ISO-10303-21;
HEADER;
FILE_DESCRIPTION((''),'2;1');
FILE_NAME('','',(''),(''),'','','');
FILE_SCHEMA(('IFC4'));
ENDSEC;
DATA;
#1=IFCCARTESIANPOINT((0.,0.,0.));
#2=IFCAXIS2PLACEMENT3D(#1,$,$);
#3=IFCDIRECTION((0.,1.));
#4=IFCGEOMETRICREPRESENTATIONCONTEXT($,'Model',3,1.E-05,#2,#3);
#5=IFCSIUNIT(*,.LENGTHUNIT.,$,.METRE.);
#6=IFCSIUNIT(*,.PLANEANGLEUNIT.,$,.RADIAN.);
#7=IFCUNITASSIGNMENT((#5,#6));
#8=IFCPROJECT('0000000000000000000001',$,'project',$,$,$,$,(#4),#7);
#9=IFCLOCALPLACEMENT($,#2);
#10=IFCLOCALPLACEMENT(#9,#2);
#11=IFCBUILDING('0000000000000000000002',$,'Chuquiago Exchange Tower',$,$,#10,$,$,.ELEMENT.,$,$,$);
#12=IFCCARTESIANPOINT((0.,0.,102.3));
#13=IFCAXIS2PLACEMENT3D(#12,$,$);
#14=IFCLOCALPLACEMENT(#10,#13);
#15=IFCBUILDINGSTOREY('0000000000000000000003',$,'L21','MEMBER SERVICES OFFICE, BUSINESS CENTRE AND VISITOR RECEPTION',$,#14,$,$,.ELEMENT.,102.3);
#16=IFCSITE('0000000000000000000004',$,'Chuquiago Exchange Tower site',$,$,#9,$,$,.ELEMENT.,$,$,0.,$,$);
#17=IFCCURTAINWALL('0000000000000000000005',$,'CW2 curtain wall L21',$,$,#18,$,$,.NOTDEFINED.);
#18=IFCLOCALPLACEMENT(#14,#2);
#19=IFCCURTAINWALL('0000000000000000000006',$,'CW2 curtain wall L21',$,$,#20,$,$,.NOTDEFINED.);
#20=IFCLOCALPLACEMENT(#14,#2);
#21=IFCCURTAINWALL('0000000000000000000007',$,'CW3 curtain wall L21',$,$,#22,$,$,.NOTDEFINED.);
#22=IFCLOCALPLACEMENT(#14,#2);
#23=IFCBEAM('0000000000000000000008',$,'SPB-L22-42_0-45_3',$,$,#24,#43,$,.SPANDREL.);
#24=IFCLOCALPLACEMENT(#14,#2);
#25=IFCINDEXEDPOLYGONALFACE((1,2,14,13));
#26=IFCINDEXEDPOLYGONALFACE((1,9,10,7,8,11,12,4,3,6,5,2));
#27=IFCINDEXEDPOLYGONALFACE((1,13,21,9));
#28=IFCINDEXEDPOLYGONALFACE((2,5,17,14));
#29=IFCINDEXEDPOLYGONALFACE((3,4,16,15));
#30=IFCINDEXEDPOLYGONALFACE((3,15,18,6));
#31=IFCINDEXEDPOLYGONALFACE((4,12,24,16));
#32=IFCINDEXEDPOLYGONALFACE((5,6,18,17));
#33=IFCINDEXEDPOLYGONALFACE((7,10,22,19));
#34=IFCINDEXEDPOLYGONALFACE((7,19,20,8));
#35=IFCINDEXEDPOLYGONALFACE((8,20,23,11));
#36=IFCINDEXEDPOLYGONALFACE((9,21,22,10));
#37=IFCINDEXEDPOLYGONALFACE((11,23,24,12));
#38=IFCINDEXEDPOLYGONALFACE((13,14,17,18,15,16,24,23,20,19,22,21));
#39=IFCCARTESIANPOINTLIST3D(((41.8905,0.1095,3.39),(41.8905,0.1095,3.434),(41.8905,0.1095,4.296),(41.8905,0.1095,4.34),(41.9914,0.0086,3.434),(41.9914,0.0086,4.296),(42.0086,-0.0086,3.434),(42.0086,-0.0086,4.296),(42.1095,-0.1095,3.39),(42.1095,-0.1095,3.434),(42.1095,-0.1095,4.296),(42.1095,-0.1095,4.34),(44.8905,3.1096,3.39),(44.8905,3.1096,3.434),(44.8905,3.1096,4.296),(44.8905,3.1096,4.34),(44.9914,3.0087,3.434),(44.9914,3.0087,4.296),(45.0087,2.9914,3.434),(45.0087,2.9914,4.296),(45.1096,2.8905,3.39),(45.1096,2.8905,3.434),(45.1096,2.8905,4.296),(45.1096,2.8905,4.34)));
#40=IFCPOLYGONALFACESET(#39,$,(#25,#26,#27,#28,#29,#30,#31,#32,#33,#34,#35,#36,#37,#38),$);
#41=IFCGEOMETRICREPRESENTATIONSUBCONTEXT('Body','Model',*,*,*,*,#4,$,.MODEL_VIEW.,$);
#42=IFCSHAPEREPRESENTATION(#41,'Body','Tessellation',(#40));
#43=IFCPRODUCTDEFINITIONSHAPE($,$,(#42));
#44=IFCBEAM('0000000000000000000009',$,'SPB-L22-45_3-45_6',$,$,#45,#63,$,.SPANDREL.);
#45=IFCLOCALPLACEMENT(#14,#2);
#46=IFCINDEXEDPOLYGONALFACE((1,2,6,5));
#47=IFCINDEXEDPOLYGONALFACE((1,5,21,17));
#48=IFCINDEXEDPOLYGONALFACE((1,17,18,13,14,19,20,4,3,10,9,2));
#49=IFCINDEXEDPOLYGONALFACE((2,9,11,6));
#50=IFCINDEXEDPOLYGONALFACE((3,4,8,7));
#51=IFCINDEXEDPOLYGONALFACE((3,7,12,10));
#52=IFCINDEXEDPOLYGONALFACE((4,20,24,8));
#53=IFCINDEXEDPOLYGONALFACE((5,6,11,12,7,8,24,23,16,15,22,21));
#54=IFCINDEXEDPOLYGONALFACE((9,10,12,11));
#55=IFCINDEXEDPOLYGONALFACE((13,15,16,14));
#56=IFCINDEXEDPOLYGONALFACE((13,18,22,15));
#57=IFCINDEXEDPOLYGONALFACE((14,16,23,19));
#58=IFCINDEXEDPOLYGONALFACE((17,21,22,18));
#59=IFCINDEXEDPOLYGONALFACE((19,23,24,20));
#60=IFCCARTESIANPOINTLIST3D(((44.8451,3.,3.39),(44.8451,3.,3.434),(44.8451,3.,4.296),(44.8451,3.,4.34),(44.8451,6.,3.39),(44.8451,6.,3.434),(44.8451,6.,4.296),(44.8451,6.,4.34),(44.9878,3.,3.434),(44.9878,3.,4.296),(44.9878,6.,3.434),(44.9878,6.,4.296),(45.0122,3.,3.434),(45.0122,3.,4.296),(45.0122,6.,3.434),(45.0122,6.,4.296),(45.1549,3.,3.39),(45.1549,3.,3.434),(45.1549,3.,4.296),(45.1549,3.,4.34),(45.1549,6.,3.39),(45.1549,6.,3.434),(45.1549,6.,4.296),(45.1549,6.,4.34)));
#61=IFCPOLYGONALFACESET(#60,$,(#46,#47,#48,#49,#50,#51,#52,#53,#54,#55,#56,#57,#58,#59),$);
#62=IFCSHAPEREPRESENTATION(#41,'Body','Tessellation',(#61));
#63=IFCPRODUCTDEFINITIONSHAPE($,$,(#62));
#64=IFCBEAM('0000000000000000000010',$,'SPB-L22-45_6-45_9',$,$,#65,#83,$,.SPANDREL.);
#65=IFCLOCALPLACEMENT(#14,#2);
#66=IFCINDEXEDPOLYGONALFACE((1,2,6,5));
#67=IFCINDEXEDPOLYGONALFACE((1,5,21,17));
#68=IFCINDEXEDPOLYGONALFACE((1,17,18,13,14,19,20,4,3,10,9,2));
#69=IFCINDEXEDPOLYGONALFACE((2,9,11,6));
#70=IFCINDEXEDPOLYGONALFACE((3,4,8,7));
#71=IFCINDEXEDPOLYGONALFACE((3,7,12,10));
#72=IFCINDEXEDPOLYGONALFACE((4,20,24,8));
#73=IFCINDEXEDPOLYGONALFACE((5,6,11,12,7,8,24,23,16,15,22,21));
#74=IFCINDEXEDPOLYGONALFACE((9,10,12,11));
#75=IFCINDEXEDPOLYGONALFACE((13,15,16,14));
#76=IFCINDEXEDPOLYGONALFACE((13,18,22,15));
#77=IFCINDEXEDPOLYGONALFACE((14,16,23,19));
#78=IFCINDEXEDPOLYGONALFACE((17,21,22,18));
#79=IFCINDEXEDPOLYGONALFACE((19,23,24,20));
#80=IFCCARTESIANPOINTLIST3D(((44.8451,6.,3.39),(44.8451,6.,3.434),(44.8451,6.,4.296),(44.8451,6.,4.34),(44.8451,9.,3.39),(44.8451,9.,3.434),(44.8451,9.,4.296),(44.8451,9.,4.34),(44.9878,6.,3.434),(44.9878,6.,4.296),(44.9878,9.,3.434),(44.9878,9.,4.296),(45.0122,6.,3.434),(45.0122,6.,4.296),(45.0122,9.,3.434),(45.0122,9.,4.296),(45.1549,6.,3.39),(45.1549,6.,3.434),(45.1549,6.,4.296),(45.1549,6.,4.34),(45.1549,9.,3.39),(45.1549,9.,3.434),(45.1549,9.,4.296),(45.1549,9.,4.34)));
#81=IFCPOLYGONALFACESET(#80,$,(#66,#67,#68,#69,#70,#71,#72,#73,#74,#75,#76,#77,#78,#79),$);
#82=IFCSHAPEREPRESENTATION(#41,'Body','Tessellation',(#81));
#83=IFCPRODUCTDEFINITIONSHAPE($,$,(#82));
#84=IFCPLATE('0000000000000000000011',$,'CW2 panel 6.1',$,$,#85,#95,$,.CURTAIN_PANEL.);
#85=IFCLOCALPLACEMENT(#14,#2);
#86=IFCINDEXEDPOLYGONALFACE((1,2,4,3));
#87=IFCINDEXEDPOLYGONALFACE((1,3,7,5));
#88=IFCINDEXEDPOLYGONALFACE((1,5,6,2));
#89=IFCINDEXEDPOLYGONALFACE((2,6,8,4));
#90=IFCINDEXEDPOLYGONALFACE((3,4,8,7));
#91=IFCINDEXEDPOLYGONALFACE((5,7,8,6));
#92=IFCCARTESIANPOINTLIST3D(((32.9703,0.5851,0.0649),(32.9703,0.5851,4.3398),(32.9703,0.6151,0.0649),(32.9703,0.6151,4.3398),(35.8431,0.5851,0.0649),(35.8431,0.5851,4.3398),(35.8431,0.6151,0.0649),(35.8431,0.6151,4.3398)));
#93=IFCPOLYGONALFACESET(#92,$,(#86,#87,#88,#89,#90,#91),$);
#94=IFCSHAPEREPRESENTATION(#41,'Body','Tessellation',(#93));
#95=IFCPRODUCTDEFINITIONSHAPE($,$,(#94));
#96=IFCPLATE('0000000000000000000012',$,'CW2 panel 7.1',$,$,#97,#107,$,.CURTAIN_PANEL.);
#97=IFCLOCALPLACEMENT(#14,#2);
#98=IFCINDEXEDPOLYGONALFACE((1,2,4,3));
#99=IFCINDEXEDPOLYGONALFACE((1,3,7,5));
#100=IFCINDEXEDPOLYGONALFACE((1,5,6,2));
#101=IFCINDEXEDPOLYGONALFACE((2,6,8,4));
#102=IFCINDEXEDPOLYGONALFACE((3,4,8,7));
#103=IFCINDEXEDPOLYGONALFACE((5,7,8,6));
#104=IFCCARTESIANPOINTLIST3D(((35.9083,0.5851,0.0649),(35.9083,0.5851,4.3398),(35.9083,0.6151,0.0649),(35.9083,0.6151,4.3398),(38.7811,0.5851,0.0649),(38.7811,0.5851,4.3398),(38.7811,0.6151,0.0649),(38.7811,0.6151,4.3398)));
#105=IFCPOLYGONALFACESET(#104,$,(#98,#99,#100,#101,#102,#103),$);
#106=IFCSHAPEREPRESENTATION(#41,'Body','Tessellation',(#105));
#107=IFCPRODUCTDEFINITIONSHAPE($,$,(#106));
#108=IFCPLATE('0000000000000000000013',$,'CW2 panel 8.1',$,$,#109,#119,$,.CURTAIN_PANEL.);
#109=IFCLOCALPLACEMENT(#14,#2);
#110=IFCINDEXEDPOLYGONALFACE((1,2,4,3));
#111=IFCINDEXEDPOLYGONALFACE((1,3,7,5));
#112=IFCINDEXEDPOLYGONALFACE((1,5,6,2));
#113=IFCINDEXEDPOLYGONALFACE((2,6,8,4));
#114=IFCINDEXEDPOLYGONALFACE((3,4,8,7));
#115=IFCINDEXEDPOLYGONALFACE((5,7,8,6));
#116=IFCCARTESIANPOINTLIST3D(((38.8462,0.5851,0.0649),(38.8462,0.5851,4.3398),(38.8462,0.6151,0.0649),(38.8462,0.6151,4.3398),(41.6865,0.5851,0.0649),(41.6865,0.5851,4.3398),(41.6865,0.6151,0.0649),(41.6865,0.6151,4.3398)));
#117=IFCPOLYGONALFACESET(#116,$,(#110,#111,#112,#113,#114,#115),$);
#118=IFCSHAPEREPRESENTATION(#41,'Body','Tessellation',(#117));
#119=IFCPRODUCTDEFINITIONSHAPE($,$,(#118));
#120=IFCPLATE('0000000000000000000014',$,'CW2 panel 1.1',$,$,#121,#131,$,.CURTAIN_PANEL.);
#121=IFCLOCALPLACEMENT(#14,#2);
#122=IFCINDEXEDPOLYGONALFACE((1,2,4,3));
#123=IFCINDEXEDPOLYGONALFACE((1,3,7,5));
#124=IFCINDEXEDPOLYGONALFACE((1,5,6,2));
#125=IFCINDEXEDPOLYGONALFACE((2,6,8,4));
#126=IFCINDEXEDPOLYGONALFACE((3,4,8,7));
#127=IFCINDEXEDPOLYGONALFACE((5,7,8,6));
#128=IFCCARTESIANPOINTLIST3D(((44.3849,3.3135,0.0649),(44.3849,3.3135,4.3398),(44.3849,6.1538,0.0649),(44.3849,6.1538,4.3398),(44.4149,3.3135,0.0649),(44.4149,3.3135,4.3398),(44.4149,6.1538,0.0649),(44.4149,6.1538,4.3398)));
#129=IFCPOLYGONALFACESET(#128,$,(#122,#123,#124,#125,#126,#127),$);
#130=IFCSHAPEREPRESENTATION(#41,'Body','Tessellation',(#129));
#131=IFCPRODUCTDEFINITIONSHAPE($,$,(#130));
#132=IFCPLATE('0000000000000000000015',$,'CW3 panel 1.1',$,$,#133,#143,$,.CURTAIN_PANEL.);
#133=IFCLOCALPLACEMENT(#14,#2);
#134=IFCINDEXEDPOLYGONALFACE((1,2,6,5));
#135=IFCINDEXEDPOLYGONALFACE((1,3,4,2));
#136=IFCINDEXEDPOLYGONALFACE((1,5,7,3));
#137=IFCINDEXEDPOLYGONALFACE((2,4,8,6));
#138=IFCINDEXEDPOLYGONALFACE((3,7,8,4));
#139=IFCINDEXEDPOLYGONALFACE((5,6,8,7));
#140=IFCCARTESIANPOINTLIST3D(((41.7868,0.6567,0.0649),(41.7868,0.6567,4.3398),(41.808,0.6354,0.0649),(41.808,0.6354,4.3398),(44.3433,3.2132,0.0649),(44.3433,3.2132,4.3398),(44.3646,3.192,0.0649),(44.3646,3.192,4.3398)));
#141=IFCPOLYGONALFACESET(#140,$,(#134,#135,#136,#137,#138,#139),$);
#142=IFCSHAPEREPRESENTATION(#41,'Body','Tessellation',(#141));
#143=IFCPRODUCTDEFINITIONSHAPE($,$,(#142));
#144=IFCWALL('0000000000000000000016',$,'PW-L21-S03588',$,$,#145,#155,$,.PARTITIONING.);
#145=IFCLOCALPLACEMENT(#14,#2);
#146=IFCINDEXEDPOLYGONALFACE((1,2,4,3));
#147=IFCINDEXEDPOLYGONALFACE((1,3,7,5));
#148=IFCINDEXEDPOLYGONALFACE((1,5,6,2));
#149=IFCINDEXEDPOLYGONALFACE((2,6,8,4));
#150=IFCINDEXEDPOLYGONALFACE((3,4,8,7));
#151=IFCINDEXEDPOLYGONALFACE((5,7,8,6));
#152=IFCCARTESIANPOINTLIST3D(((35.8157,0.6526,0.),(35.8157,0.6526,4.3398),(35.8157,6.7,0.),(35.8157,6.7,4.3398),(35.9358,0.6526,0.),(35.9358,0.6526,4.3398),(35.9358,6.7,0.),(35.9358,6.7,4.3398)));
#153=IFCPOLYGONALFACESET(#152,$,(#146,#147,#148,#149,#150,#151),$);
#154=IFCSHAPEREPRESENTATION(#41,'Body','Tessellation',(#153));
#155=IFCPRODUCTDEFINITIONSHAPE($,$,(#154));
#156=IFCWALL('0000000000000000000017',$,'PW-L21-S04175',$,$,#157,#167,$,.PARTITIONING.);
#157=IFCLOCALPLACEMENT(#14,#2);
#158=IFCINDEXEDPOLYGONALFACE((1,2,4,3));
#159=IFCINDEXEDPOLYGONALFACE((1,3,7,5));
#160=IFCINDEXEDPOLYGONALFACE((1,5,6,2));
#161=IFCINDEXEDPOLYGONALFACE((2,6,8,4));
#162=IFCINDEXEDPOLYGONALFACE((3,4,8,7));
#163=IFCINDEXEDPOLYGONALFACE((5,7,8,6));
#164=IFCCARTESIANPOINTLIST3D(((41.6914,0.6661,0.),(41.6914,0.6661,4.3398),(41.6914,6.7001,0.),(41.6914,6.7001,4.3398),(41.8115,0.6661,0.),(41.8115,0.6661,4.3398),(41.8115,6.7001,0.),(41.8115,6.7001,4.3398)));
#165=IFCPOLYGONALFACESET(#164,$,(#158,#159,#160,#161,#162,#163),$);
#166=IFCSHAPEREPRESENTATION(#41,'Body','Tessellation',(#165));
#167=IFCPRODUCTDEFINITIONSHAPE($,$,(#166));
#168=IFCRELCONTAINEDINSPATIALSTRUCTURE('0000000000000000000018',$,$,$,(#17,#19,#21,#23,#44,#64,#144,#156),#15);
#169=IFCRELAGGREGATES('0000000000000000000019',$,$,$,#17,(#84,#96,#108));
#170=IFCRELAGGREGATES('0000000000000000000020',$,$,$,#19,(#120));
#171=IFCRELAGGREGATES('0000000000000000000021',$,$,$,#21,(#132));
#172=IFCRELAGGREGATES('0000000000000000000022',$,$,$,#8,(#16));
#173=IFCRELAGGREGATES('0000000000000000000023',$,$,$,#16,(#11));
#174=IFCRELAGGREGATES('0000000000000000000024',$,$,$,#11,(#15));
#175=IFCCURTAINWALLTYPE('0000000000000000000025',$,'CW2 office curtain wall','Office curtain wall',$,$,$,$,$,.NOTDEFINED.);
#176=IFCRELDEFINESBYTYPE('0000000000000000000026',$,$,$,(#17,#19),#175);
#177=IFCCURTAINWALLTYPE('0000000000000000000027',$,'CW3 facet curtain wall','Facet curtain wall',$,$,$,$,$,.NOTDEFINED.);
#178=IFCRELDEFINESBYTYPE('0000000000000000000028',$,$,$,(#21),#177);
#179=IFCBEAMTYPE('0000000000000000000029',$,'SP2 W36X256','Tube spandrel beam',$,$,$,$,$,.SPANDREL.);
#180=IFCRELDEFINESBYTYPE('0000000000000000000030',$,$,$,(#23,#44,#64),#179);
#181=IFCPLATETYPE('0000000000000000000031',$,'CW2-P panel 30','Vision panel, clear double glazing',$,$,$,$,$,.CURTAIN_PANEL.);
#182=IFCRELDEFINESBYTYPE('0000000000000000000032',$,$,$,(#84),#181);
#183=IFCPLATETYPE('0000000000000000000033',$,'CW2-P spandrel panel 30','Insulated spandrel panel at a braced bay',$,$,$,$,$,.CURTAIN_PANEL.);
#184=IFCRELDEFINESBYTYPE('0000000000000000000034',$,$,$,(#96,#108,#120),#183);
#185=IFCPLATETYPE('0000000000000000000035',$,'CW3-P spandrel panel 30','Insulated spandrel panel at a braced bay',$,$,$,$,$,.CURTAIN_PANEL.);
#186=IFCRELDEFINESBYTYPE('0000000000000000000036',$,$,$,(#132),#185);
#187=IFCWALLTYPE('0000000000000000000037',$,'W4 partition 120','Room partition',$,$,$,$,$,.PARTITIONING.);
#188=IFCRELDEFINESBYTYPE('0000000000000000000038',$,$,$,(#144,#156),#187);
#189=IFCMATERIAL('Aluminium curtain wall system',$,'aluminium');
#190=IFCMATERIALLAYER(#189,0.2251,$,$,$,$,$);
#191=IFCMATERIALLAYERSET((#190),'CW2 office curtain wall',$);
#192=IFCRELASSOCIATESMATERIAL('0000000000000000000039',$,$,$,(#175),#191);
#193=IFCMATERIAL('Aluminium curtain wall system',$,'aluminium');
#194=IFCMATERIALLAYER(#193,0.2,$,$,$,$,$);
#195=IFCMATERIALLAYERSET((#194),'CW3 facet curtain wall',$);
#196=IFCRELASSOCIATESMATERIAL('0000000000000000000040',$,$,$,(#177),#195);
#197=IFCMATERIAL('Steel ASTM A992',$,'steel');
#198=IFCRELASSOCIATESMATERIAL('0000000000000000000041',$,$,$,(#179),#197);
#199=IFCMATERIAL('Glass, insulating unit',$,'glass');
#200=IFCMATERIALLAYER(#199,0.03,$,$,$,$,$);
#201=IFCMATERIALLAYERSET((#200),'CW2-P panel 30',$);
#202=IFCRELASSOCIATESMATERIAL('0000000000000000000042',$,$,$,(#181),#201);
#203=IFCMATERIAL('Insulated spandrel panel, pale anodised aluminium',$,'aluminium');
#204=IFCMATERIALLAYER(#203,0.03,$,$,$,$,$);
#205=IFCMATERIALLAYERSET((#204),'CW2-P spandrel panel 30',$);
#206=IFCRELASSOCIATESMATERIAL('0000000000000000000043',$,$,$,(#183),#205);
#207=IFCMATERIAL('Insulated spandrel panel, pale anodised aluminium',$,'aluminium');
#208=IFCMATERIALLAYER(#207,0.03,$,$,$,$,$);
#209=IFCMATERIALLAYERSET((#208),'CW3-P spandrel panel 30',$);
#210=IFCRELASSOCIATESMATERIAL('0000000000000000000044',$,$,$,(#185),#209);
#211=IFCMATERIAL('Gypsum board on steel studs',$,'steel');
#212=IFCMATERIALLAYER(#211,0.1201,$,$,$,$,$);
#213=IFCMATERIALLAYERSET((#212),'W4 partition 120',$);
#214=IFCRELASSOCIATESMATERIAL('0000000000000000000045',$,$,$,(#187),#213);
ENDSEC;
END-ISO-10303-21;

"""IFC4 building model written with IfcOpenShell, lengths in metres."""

from ifc_helpers import new_model, si_unit, direction, frame, frame_2d, origin, origin_2d, place, context, subcontext, project, spatial, rectangle, i_section, extrude, material, layer, layer_set, material_profile, profile_set, type_object, element, aggregate, save


model = new_model("IFC4")

# Units and contexts
model_context = context("Model", 3, precision=1e-05, world=origin(), true_north=direction((0.0, 1.0)))
body_context = subcontext(model_context, "Body", "Model", "MODEL_VIEW")
ifc_project = project(units=[si_unit("LENGTHUNIT", "METRE"), si_unit("PLANEANGLEUNIT", "RADIAN")], contexts=[model_context])

# Site, building, storey
site_placement = place(None, origin())
site = spatial("IfcSite", under=ifc_project, at=site_placement, Name="Chuquiago Exchange Tower site", CompositionType="ELEMENT", RefElevation=0.0)
building_placement = place(site_placement, origin())
building = spatial("IfcBuilding", under=site, at=building_placement, Name="Chuquiago Exchange Tower", CompositionType="ELEMENT")
storey_placement = place(building_placement, frame((0.0, 0.0, 102.3)))
storey = spatial("IfcBuildingStorey", under=building, at=storey_placement, Name="L21", Description="MEMBER SERVICES OFFICE, BUSINESS CENTRE AND VISITOR RECEPTION", CompositionType="ELEMENT", Elevation=102.3)

# Curtain walls
ifc_material_1 = material(Name="Aluminium curtain wall system", Category="aluminium")
ifc_layer_1 = layer(ifc_material_1, 0.2251)
ifc_layer_set_1 = layer_set([ifc_layer_1], Name="CW2 office curtain wall")
curtain_wall_type_1 = type_object("IfcCurtainWallType", Name="CW2 office curtain wall", Description="Office curtain wall", PredefinedType="NOTDEFINED", material=ifc_layer_set_1)
curtain_wall_1_placement = place(storey_placement, origin())
curtain_wall_1 = element("IfcCurtainWall", 1, at=curtain_wall_1_placement, inside=storey, type_object=curtain_wall_type_1, Name="CW2 curtain wall L21", PredefinedType="NOTDEFINED")
curtain_wall_2_placement = place(storey_placement, origin())
curtain_wall_2 = element("IfcCurtainWall", 2, at=curtain_wall_2_placement, inside=storey, type_object=curtain_wall_type_1, Name="CW2 curtain wall L21", PredefinedType="NOTDEFINED")

# Curtain wall
ifc_material_2 = material(Name="Aluminium curtain wall system", Category="aluminium")
ifc_layer_2 = layer(ifc_material_2, 0.2)
ifc_layer_set_2 = layer_set([ifc_layer_2], Name="CW3 facet curtain wall")
curtain_wall_type_2 = type_object("IfcCurtainWallType", Name="CW3 facet curtain wall", Description="Facet curtain wall", PredefinedType="NOTDEFINED", material=ifc_layer_set_2)
curtain_wall_3_placement = place(storey_placement, origin())
curtain_wall_3 = element("IfcCurtainWall", 3, at=curtain_wall_3_placement, inside=storey, type_object=curtain_wall_type_2, Name="CW3 curtain wall L21", PredefinedType="NOTDEFINED")

# Beams
ifc_material_3 = material(Name="Steel ASTM A992", Category="steel")
ifc_material_profile_1 = material_profile(ifc_material_3, i_section(OverallWidth=0.3098, OverallDepth=0.95, WebThickness=0.0244, FlangeThickness=0.0439, at=origin_2d()), Name="W36X256")
ifc_profile_set_1 = profile_set([ifc_material_profile_1], Name="Steel ASTM A992")
beam_type = type_object("IfcBeamType", Name="SP2 W36X256", Description="Tube spandrel beam", PredefinedType="SPANDREL", material=ifc_profile_set_1)
beam_placement = place(storey_placement, frame((42.0, 0.0, 3.865), z_axis=(0.707107, 0.707107, 0.0), x_axis=(-0.707107, 0.707107, 0.0)))
element("IfcBeam", 4, at=beam_placement, inside=storey, type_object=beam_type, Name="SPB-L22-42_0-45_3", PredefinedType="SPANDREL", context=body_context, shape_type="SweptSolid", body=[
    extrude(i_section(OverallWidth=0.3098, OverallDepth=0.95, WebThickness=0.0244, FlangeThickness=0.0439, at=origin_2d()), origin(), (0.0, 0.0, 1.0), 4.2427),
])
for number, where, z_axis, x_axis, name in (
    (5, (45.0, 3.0, 3.865), (0.0, 1.0, 0.0), (-1.0, 0.0, 0.0), "SPB-L22-45_3-45_6"),
    (6, (45.0, 6.0, 3.865), (0.0, 1.0, 0.0), (-1.0, 0.0, 0.0), "SPB-L22-45_6-45_9"),
):
    element("IfcBeam", number, at=place(storey_placement, frame(where, z_axis=z_axis, x_axis=x_axis)), inside=storey, type_object=beam_type, Name=name, PredefinedType="SPANDREL", context=body_context, shape_type="SweptSolid", body=[
        extrude(i_section(OverallWidth=0.3098, OverallDepth=0.95, WebThickness=0.0244, FlangeThickness=0.0439, at=origin_2d()), origin(), (0.0, 0.0, 1.0), 3.0),
    ])

# Plates
ifc_material_4 = material(Name="Glass, insulating unit", Category="glass")
ifc_layer_3 = layer(ifc_material_4, 0.03)
ifc_layer_set_3 = layer_set([ifc_layer_3], Name="CW2-P panel 30")
plate_type_1 = type_object("IfcPlateType", Name="CW2-P panel 30", Description="Vision panel, clear double glazing", PredefinedType="CURTAIN_PANEL", material=ifc_layer_set_3)
plate_1_placement = place(storey_placement, frame((34.4067, 0.6001, 0.0649), z_axis=(0.0, 0.0, 1.0), x_axis=(1.0, 0.0, 0.0)))
plate_1 = element("IfcPlate", 7, at=plate_1_placement, type_object=plate_type_1, Name="CW2 panel 6.1", PredefinedType="CURTAIN_PANEL", context=body_context, shape_type="SweptSolid", body=[
    extrude(rectangle(XDim=2.8728, YDim=0.03, at=origin_2d()), origin(), (0.0, 0.0, 1.0), 4.2749),
])
ifc_material_5 = material(Name="Insulated spandrel panel, pale anodised aluminium", Category="aluminium")
ifc_layer_4 = layer(ifc_material_5, 0.03)
ifc_layer_set_4 = layer_set([ifc_layer_4], Name="CW2-P spandrel panel 30")
plate_type_2 = type_object("IfcPlateType", Name="CW2-P spandrel panel 30", Description="Insulated spandrel panel at a braced bay", PredefinedType="CURTAIN_PANEL", material=ifc_layer_set_4)
plate_2_placement = place(storey_placement, frame((37.3447, 0.6001, 0.0649), z_axis=(0.0, 0.0, 1.0), x_axis=(1.0, 0.0, 0.0)))
plate_2 = element("IfcPlate", 8, at=plate_2_placement, type_object=plate_type_2, Name="CW2 panel 7.1", PredefinedType="CURTAIN_PANEL", context=body_context, shape_type="SweptSolid", body=[
    extrude(rectangle(XDim=2.8728, YDim=0.03, at=origin_2d()), origin(), (0.0, 0.0, 1.0), 4.2749),
])
plate_3_placement = place(storey_placement, frame((40.2664, 0.6001, 0.0649), z_axis=(0.0, 0.0, 1.0), x_axis=(1.0, 0.0, 0.0)))
plate_3 = element("IfcPlate", 9, at=plate_3_placement, type_object=plate_type_2, Name="CW2 panel 8.1", PredefinedType="CURTAIN_PANEL", context=body_context, shape_type="SweptSolid", body=[
    extrude(rectangle(XDim=2.8403, YDim=0.03, at=origin_2d()), origin(), (0.0, 0.0, 1.0), 4.2749),
])
aggregate(curtain_wall_1, [plate_1, plate_2, plate_3])
plate_4_placement = place(storey_placement, frame((44.3999, 4.7336, 0.0649), z_axis=(0.0, 0.0, 1.0), x_axis=(0.0, 1.0, 0.0)))
plate_4 = element("IfcPlate", 10, at=plate_4_placement, type_object=plate_type_2, Name="CW2 panel 1.1", PredefinedType="CURTAIN_PANEL", context=body_context, shape_type="SweptSolid", body=[
    extrude(rectangle(XDim=2.8403, YDim=0.03, at=origin_2d()), origin(), (0.0, 0.0, 1.0), 4.2749),
])
aggregate(curtain_wall_2, [plate_4])
ifc_material_6 = material(Name="Insulated spandrel panel, pale anodised aluminium", Category="aluminium")
ifc_layer_5 = layer(ifc_material_6, 0.03)
ifc_layer_set_5 = layer_set([ifc_layer_5], Name="CW3-P spandrel panel 30")
plate_type_3 = type_object("IfcPlateType", Name="CW3-P spandrel panel 30", Description="Insulated spandrel panel at a braced bay", PredefinedType="CURTAIN_PANEL", material=ifc_layer_set_5)
plate_5_placement = place(storey_placement, frame((43.0757, 1.9243, 0.0649), z_axis=(0.0, 0.0, 1.0), x_axis=(0.707107, 0.707107, 0.0)))
plate_5 = element("IfcPlate", 11, at=plate_5_placement, type_object=plate_type_3, Name="CW3 panel 1.1", PredefinedType="CURTAIN_PANEL", context=body_context, shape_type="SweptSolid", body=[
    extrude(rectangle(XDim=3.6155, YDim=0.03, at=origin_2d()), origin(), (0.0, 0.0, 1.0), 4.2749),
])
aggregate(curtain_wall_3, [plate_5])

# Walls
ifc_material_7 = material(Name="Gypsum board on steel studs", Category="steel")
ifc_layer_6 = layer(ifc_material_7, 0.1201)
ifc_layer_set_6 = layer_set([ifc_layer_6], Name="W4 partition 120")
wall_type = type_object("IfcWallType", Name="W4 partition 120", Description="Room partition", PredefinedType="PARTITIONING", material=ifc_layer_set_6)
wall_1_placement = place(storey_placement, frame((35.8757, 0.6526, 0.0), z_axis=(0.0, 0.0, 1.0), x_axis=(0.0, 1.0, 0.0)))
element("IfcWall", 12, at=wall_1_placement, inside=storey, type_object=wall_type, Name="PW-L21-S03588", PredefinedType="PARTITIONING", context=body_context, shape_type="SweptSolid", body=[
    extrude(rectangle(XDim=6.0474, YDim=0.1201, at=frame_2d((3.0237, 0.0))), origin(), (0.0, 0.0, 1.0), 4.3398),
])
wall_2_placement = place(storey_placement, frame((41.7515, 0.666, 0.0), z_axis=(0.0, 0.0, 1.0), x_axis=(0.0, 1.0, 0.0)))
element("IfcWall", 13, at=wall_2_placement, inside=storey, type_object=wall_type, Name="PW-L21-S04175", PredefinedType="PARTITIONING", context=body_context, shape_type="SweptSolid", body=[
    extrude(rectangle(XDim=6.0339, YDim=0.1201, at=frame_2d((3.0171, 0.0))), origin(), (0.0, 0.0, 1.0), 4.3398),
])

save(model, "model.ifc")
